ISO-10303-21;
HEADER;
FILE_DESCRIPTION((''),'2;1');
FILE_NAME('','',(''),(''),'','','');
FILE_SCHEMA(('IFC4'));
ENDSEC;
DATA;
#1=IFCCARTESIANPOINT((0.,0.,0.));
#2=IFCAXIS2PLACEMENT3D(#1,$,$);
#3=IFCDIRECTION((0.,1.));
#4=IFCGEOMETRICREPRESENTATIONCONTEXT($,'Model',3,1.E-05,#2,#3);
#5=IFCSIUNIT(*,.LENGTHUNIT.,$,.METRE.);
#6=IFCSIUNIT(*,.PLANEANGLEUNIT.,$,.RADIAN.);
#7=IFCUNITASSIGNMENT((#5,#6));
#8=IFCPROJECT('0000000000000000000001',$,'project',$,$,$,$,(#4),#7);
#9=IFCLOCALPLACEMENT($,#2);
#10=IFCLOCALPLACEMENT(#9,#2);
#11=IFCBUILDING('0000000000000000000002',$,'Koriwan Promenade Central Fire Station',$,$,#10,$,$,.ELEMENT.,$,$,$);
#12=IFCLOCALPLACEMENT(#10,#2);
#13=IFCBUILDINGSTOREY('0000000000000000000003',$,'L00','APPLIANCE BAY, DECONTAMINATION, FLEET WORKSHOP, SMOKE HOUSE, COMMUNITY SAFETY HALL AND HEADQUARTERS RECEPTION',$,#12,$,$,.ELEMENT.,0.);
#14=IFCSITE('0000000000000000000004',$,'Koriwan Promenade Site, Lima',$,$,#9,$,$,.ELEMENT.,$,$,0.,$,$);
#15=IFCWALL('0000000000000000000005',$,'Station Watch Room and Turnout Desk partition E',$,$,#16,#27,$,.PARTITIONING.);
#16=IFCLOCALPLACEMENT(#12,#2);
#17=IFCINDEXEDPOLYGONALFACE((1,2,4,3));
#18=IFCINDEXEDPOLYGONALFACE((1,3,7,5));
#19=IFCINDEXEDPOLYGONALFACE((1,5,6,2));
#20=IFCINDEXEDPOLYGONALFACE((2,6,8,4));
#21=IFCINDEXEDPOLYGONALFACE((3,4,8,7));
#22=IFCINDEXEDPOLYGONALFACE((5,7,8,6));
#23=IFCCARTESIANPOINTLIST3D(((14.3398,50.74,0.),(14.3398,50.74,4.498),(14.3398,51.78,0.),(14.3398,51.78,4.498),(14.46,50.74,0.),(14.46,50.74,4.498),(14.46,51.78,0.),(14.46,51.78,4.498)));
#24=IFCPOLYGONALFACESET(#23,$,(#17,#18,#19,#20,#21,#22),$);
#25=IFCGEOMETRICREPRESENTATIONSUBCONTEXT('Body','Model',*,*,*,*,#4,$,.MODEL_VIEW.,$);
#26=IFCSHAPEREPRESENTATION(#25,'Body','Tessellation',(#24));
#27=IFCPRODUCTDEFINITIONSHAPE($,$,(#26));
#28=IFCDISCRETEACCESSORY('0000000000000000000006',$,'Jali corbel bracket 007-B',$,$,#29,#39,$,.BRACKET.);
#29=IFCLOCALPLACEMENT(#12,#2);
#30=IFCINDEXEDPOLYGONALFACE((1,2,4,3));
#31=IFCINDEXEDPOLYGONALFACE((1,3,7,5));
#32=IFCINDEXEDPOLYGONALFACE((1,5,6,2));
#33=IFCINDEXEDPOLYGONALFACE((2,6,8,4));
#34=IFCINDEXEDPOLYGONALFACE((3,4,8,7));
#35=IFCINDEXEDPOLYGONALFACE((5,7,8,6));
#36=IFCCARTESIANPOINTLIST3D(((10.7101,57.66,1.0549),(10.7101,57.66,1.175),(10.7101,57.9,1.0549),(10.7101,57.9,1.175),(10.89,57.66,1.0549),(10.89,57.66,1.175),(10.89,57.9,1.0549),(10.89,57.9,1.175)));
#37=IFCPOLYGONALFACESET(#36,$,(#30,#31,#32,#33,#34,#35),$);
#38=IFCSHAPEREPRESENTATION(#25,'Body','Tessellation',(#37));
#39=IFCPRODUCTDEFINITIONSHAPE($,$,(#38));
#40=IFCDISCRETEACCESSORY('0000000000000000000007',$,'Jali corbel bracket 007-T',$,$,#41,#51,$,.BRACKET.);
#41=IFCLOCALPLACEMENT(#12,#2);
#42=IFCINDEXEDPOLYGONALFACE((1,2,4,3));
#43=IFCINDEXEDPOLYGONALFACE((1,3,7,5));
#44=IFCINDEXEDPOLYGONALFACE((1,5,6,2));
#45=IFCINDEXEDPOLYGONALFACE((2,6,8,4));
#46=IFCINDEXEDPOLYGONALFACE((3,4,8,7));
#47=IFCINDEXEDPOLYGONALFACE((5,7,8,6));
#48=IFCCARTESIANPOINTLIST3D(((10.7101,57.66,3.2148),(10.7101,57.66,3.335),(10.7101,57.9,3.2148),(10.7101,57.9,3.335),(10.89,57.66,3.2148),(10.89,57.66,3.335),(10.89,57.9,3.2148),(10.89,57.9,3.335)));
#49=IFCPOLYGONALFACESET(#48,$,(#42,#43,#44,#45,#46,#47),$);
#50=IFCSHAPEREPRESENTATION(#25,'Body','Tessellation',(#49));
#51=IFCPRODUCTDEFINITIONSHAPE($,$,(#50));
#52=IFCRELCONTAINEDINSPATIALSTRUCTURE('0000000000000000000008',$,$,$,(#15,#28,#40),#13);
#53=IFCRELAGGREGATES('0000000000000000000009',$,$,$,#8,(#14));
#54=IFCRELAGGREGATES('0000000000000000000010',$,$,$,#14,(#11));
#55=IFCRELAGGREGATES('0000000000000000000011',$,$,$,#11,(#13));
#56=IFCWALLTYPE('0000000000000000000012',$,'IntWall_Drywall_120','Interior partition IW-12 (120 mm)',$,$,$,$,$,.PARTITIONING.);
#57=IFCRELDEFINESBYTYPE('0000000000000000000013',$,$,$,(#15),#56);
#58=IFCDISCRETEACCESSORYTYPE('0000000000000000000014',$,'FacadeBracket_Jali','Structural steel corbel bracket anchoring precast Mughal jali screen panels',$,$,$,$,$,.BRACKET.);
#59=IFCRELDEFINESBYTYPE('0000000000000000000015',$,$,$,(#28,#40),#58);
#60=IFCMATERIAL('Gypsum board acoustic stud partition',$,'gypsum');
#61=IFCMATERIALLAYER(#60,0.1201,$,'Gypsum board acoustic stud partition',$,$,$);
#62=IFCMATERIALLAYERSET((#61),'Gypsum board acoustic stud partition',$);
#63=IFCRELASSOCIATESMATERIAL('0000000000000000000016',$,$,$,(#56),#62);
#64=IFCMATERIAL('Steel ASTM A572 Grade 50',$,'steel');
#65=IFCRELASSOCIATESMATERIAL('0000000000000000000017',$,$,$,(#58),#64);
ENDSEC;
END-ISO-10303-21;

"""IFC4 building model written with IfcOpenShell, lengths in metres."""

from ifc_helpers import new_model, si_unit, direction, frame, frame_2d, origin, origin_2d, place, context, subcontext, project, spatial, rectangle, extrude, material, layer, layer_set, type_object, element, save


model = new_model("IFC4")

# Units and contexts
model_context = context("Model", 3, precision=1e-05, world=origin(), true_north=direction((0.0, 1.0)))
body_context = subcontext(model_context, "Body", "Model", "MODEL_VIEW")
ifc_project = project(units=[si_unit("LENGTHUNIT", "METRE"), si_unit("PLANEANGLEUNIT", "RADIAN")], contexts=[model_context])

# Site, building, storey
site_placement = place(None, origin())
site = spatial("IfcSite", under=ifc_project, at=site_placement, Name="Koriwan Promenade Site, Lima", CompositionType="ELEMENT", RefElevation=0.0)
building_placement = place(site_placement, origin())
building = spatial("IfcBuilding", under=site, at=building_placement, Name="Koriwan Promenade Central Fire Station", CompositionType="ELEMENT")
storey_placement = place(building_placement, origin())
storey = spatial("IfcBuildingStorey", under=building, at=storey_placement, Name="L00", Description="APPLIANCE BAY, DECONTAMINATION, FLEET WORKSHOP, SMOKE HOUSE, COMMUNITY SAFETY HALL AND HEADQUARTERS RECEPTION", CompositionType="ELEMENT", Elevation=0.0)

# Wall
ifc_material_1 = material(Name="Gypsum board acoustic stud partition", Category="gypsum")
ifc_layer_1 = layer(ifc_material_1, 0.1201, Name="Gypsum board acoustic stud partition")
ifc_layer_set_1 = layer_set([ifc_layer_1], Name="Gypsum board acoustic stud partition")
wall_type_1 = type_object("IfcWallType", Name="IntWall_Drywall_120", Description="Interior partition IW-12 (120 mm)", PredefinedType="PARTITIONING", material=ifc_layer_set_1)
wall_1_placement = place(storey_placement, frame((14.3999, 50.74, 0.0), z_axis=(0.0, 0.0, 1.0), x_axis=(0.0, 1.0, 0.0)))
element("IfcWall", 1, at=wall_1_placement, inside=storey, type_object=wall_type_1, Name="Station Watch Room and Turnout Desk partition E", PredefinedType="PARTITIONING", context=body_context, shape_type="SweptSolid", body=[
    extrude(rectangle(XDim=1.04, YDim=0.1201, at=frame_2d((0.52, 0.0))), origin(), (0.0, 0.0, 1.0), 4.498),
])

# Discrete accessories
ifc_material_2 = material(Name="Steel ASTM A572 Grade 50", Category="steel")
discrete_accessory_type = type_object("IfcDiscreteAccessoryType", Name="FacadeBracket_Jali", Description="Structural steel corbel bracket anchoring precast Mughal jali screen panels", PredefinedType="BRACKET", material=ifc_material_2)
for number, where, z_axis, x_axis, name in (
    (2, (10.8, 57.78, 1.0549), (0.0, 0.0, 1.0), (0.0, 1.0, 0.0), "Jali corbel bracket 007-B"),
    (3, (10.8, 57.78, 3.2148), (0.0, 0.0, 1.0), (0.0, 1.0, 0.0), "Jali corbel bracket 007-T"),
):
    element("IfcDiscreteAccessory", number, at=place(storey_placement, frame(where, z_axis=z_axis, x_axis=x_axis)), inside=storey, type_object=discrete_accessory_type, Name=name, PredefinedType="BRACKET", context=body_context, shape_type="SweptSolid", body=[
        extrude(rectangle(XDim=0.24, YDim=0.1799, at=origin_2d()), origin(), (0.0, 0.0, 1.0), 0.1201),
    ])

save(model, "model.ifc")
